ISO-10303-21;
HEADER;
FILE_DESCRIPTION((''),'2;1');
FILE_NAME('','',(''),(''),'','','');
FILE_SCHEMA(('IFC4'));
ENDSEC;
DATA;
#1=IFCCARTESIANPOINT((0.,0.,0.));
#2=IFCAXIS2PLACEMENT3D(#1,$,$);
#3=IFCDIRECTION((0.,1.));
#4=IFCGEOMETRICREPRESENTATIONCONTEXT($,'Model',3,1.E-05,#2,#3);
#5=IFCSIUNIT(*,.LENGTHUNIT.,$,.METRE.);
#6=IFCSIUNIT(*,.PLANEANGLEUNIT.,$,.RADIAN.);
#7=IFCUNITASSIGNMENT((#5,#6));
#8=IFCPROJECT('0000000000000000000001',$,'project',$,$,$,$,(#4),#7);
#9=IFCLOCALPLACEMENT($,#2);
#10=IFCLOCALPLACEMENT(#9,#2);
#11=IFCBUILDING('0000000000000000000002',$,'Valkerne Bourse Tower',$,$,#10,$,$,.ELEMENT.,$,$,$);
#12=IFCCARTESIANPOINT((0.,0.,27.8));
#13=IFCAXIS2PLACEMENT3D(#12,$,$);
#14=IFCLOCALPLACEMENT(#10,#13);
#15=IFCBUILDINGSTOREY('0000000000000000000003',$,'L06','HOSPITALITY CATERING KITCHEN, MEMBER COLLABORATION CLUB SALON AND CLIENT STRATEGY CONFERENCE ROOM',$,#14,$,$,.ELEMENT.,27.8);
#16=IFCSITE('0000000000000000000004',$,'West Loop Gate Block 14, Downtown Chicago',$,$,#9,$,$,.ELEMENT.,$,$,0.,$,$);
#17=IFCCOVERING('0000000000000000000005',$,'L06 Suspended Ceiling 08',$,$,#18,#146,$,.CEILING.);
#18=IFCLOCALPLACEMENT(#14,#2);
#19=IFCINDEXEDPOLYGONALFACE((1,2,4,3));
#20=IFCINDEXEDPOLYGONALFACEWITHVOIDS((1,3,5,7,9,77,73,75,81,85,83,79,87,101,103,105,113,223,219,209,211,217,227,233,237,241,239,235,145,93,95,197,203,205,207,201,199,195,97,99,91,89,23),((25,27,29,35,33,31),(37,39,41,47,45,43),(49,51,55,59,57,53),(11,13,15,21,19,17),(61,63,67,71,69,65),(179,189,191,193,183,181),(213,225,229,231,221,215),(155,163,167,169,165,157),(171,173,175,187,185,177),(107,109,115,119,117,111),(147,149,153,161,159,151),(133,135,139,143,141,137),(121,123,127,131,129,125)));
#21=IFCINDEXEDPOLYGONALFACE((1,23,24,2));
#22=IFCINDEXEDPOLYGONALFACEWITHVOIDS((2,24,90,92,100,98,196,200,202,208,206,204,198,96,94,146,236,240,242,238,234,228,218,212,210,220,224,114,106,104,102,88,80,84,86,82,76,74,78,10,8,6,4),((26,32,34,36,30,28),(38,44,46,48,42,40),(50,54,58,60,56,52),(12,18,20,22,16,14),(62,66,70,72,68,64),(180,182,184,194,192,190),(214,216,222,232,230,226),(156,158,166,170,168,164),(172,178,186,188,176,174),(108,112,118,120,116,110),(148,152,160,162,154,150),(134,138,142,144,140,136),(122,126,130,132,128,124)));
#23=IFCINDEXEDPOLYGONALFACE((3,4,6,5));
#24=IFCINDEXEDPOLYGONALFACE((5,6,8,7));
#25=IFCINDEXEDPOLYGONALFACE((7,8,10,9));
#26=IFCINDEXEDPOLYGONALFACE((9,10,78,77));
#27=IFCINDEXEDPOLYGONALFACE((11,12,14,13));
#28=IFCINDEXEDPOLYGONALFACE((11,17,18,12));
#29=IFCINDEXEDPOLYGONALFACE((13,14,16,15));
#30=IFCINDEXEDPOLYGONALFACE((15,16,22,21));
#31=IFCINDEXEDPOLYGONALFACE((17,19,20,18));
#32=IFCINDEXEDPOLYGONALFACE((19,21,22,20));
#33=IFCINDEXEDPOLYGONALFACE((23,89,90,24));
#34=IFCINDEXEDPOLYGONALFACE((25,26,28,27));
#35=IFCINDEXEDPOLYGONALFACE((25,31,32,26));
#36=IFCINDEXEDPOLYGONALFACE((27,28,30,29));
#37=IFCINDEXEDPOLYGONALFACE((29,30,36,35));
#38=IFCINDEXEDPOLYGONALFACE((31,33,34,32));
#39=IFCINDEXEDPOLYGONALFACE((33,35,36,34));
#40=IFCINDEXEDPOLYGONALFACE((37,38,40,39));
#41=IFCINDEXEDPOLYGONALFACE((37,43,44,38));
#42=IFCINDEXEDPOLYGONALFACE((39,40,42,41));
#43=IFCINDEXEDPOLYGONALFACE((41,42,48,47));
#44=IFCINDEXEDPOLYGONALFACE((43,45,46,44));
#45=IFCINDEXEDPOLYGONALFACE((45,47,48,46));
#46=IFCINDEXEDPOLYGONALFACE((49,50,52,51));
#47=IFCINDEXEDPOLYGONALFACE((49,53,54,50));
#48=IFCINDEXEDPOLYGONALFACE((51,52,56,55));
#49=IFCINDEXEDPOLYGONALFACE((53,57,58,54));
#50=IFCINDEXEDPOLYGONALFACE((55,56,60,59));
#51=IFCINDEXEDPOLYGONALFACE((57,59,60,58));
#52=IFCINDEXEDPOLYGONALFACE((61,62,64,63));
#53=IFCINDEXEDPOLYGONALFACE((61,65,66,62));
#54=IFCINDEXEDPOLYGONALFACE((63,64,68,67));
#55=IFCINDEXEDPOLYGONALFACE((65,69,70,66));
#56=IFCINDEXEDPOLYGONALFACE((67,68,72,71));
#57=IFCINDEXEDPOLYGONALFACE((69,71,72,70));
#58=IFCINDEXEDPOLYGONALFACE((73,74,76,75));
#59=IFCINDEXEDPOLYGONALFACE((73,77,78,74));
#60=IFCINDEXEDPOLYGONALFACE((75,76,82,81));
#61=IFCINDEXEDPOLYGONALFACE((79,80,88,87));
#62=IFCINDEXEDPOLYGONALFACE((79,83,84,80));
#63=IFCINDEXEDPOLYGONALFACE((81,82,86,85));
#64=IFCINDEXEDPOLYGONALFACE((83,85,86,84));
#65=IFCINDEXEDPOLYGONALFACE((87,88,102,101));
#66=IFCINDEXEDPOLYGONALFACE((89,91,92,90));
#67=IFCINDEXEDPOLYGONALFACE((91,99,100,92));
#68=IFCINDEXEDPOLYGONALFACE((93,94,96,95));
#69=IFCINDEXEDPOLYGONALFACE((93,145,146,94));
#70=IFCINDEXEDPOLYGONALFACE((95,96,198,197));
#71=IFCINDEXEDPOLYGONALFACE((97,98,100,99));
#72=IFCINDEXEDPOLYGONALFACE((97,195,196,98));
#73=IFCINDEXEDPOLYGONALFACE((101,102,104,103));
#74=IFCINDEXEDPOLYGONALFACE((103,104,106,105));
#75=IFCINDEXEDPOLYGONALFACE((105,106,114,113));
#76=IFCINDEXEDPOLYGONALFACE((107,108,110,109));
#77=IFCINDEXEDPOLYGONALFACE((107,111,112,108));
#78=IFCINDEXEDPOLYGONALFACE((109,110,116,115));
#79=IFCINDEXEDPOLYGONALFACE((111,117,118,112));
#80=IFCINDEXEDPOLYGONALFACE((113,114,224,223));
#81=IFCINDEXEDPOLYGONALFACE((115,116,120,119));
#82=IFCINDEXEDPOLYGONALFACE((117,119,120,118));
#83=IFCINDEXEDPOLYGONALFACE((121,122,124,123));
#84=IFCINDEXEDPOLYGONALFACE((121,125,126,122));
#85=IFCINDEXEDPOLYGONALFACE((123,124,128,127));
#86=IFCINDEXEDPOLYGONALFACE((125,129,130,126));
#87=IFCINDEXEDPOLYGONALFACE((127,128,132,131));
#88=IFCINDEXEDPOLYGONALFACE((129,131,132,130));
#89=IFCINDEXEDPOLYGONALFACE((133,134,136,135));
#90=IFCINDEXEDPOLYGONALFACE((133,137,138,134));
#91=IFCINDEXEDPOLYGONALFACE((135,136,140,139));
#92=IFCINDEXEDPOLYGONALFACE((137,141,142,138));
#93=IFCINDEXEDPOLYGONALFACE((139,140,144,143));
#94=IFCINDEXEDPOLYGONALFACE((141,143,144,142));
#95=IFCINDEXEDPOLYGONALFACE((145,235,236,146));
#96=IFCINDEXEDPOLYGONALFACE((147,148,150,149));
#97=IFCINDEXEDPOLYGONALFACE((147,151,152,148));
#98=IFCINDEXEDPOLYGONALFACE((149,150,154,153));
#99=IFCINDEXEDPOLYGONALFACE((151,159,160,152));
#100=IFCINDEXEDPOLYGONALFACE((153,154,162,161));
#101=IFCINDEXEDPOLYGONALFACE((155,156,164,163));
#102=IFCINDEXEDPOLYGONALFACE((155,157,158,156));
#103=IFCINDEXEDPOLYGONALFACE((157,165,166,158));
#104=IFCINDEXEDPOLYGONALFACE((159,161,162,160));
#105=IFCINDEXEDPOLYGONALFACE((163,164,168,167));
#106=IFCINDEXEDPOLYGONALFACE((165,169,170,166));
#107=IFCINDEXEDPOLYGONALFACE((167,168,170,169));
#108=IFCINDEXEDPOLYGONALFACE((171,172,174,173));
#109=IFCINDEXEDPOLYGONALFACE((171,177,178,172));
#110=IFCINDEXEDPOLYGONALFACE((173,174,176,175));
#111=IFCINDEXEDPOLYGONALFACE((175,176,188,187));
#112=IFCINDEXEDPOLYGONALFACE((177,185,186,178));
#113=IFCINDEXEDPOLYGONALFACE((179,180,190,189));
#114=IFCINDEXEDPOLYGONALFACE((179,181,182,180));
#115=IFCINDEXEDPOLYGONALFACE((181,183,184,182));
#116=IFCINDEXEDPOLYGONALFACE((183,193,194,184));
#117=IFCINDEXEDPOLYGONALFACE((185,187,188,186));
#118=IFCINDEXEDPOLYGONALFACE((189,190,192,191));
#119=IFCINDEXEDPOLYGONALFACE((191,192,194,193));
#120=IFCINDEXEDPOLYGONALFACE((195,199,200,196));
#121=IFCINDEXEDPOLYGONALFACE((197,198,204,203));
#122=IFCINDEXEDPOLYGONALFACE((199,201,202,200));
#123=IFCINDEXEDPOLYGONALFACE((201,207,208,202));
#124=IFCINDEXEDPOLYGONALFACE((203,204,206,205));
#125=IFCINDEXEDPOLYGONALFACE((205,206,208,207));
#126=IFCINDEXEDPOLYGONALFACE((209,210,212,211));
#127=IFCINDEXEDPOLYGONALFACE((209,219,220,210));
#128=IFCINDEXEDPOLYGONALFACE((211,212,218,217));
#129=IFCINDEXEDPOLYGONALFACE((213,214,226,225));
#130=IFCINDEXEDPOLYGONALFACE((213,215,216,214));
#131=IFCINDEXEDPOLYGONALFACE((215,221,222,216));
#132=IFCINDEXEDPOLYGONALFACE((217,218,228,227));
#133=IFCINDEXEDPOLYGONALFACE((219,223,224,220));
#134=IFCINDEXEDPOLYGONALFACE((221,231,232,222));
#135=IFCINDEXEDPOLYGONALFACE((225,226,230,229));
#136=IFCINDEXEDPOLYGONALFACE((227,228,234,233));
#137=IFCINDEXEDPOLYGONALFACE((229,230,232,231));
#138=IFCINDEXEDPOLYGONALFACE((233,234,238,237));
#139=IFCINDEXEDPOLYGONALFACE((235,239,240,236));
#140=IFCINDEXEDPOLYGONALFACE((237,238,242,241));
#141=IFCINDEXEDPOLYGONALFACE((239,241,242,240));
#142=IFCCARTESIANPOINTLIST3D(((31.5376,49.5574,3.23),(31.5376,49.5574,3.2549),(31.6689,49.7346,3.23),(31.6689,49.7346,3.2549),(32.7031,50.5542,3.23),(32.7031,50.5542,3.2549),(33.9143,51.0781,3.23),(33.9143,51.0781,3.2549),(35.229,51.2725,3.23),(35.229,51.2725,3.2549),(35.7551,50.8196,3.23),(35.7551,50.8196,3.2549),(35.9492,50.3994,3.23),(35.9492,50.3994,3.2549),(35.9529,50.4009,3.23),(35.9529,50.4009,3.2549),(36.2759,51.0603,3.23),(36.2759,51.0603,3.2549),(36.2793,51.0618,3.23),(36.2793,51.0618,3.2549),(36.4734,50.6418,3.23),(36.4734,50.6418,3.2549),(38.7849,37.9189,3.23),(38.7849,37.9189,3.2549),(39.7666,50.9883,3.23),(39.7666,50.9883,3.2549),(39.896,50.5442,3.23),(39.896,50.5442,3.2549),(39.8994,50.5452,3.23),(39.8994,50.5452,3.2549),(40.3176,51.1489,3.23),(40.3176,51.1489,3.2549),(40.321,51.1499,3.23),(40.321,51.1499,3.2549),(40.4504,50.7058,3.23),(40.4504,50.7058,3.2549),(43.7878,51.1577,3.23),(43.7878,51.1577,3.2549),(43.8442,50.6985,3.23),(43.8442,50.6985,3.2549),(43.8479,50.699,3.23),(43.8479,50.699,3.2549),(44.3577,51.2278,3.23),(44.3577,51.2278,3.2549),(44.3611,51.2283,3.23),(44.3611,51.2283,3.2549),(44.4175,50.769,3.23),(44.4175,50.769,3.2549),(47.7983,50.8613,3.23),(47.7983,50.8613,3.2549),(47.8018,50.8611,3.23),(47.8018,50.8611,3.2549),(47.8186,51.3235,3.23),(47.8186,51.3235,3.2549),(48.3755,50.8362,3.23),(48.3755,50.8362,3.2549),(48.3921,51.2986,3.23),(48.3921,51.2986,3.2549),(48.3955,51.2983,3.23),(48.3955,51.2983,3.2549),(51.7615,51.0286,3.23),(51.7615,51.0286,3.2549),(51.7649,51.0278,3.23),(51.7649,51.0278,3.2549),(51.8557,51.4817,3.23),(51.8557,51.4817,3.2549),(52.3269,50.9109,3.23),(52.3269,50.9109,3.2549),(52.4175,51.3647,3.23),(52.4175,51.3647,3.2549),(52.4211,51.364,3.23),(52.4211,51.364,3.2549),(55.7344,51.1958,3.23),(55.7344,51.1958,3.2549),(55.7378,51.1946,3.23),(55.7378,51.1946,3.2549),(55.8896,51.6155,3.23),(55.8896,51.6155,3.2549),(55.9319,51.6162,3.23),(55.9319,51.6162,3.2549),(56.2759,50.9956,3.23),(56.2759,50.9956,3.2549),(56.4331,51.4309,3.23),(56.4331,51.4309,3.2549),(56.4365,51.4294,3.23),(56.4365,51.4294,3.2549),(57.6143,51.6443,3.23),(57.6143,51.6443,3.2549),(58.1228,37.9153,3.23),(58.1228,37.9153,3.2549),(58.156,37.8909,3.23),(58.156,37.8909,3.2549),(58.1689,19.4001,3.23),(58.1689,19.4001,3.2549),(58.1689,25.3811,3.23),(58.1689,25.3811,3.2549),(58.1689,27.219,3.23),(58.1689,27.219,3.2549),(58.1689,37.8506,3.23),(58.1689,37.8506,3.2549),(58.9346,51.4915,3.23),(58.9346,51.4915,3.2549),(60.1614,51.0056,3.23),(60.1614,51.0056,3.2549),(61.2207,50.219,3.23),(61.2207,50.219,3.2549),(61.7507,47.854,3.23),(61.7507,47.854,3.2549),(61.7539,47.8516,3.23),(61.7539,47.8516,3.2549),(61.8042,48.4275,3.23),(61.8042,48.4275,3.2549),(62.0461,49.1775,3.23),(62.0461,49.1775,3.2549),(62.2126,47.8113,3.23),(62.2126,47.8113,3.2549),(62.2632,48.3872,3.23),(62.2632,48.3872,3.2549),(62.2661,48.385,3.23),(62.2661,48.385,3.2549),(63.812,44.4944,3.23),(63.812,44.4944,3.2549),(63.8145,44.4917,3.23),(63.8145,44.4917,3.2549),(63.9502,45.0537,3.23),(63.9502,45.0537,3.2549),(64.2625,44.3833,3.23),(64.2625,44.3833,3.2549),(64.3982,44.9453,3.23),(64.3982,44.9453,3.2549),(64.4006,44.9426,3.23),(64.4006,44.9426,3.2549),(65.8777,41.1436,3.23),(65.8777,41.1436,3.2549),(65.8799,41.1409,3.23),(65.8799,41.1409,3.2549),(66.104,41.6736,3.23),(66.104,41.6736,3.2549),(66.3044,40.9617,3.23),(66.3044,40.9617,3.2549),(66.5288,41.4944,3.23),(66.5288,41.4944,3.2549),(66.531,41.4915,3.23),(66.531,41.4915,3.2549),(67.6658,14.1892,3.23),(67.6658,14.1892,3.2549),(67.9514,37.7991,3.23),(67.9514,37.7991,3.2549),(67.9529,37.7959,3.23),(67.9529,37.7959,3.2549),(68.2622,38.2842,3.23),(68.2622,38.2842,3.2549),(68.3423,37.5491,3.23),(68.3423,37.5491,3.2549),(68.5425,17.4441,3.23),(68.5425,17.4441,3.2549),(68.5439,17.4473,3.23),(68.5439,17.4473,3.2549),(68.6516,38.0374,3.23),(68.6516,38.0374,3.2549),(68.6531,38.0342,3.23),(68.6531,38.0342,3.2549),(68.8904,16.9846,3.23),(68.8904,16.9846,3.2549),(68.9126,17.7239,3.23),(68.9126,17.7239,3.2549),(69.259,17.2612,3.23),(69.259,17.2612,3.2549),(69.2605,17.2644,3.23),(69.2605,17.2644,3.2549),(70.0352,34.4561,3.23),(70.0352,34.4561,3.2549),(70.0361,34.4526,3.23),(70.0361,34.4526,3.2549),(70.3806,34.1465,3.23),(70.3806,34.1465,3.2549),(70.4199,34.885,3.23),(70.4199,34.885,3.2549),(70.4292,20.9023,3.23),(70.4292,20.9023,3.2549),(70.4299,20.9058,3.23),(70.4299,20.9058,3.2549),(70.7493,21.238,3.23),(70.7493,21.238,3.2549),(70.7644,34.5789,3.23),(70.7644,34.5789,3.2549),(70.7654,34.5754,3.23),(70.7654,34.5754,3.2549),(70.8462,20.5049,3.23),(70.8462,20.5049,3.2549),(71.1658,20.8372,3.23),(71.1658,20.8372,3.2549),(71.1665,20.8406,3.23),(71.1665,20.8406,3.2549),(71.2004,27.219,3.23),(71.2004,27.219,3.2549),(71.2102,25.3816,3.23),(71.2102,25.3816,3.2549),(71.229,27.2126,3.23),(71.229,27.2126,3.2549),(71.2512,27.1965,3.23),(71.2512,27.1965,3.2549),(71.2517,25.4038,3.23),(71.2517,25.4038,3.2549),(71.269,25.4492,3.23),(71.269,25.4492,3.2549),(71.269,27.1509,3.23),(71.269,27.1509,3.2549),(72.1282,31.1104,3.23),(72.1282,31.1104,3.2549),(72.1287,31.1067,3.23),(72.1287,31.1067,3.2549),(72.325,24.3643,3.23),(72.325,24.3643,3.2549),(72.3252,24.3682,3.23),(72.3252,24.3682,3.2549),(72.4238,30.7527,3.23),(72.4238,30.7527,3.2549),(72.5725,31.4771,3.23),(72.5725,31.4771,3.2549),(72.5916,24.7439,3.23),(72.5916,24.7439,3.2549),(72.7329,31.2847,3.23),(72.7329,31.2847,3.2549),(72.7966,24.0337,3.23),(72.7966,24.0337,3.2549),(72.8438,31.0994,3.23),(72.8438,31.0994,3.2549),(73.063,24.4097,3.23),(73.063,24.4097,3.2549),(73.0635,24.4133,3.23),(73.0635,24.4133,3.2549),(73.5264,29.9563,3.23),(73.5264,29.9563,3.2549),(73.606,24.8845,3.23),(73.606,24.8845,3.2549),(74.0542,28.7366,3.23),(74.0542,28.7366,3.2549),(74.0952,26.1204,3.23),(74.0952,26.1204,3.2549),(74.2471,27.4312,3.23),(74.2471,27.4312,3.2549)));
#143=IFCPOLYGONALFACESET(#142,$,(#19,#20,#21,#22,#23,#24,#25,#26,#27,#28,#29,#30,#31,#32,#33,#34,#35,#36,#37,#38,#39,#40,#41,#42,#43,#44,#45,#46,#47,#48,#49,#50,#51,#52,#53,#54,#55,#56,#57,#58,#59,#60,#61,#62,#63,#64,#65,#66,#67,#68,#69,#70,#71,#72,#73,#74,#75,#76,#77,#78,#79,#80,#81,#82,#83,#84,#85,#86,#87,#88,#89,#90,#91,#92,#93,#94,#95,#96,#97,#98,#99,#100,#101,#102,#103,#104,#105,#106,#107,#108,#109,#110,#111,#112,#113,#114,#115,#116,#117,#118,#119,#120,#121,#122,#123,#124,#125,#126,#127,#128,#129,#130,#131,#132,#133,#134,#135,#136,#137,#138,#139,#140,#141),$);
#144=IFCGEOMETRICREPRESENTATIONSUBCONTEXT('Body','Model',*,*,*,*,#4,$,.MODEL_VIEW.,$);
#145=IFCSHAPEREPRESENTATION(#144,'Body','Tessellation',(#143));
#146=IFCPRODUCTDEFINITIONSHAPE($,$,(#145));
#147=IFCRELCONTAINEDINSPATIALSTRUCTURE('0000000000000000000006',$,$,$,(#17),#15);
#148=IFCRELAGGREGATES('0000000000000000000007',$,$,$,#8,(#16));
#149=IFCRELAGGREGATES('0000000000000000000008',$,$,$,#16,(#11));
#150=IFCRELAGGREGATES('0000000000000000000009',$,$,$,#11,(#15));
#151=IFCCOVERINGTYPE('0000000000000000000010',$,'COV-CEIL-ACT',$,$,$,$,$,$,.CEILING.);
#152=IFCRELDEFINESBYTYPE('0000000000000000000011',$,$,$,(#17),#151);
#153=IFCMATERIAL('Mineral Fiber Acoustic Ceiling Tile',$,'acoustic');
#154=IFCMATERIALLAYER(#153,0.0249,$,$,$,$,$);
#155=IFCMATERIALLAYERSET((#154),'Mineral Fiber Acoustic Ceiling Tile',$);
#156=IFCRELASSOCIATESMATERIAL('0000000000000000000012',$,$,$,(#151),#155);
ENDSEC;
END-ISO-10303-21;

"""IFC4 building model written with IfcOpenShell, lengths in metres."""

from ifc_helpers import new_model, si_unit, direction, frame, origin, place, context, subcontext, project, spatial, polyline, outline, extrude, material, layer, layer_set, type_object, element, save


model = new_model("IFC4")

# Units and contexts
model_context = context("Model", 3, precision=1e-05, world=origin(), true_north=direction((0.0, 1.0)))
body_context = subcontext(model_context, "Body", "Model", "MODEL_VIEW")
ifc_project = project(units=[si_unit("LENGTHUNIT", "METRE"), si_unit("PLANEANGLEUNIT", "RADIAN")], contexts=[model_context])

# Site, building, storey
site_placement = place(None, origin())
site = spatial("IfcSite", under=ifc_project, at=site_placement, Name="West Loop Gate Block 14, Downtown Chicago", CompositionType="ELEMENT", RefElevation=0.0)
building_placement = place(site_placement, origin())
building = spatial("IfcBuilding", under=site, at=building_placement, Name="Valkerne Bourse Tower", CompositionType="ELEMENT")
storey_placement = place(building_placement, frame((0.0, 0.0, 27.8)))
storey = spatial("IfcBuildingStorey", under=building, at=storey_placement, Name="L06", Description="HOSPITALITY CATERING KITCHEN, MEMBER COLLABORATION CLUB SALON AND CLIENT STRATEGY CONFERENCE ROOM", CompositionType="ELEMENT", Elevation=27.8)

# Covering
ifc_material_1 = material(Name="Mineral Fiber Acoustic Ceiling Tile", Category="acoustic")
ifc_layer_1 = layer(ifc_material_1, 0.0249)
ifc_layer_set_1 = layer_set([ifc_layer_1], Name="Mineral Fiber Acoustic Ceiling Tile")
covering_type_1 = type_object("IfcCoveringType", Name="COV-CEIL-ACT", PredefinedType="CEILING", material=ifc_layer_set_1)
covering_1_placement = place(storey_placement, frame((0.0, 0.0, 3.23)))
element("IfcCovering", 1, at=covering_1_placement, inside=storey, type_object=covering_type_1, Name="L06 Suspended Ceiling 08", PredefinedType="CEILING", context=body_context, shape_type="SweptSolid", body=[
    extrude(outline(polyline([(33.9143, 51.0781), (35.229, 51.2725), (55.8896, 51.6155), (55.7344, 51.1958), (55.7378, 51.1946), (56.2759, 50.9956), (56.4365, 51.4294), (56.4331, 51.4309), (55.9319, 51.6162), (57.6143, 51.6443), (58.9346, 51.4915), (60.1614, 51.0056), (61.2207, 50.219), (62.0461, 49.1775), (72.7329, 31.2847), (72.5725, 31.4771), (72.1282, 31.1104), (72.1287, 31.1067), (72.4238, 30.7527), (72.8438, 31.0994), (73.5264, 29.9563), (74.0542, 28.7366), (74.2471, 27.4312), (74.0952, 26.1204), (73.606, 24.8845), (67.6658, 14.1892), (58.1689, 19.4001), (58.1689, 25.3811), (71.2102, 25.3816), (71.2517, 25.4038), (71.269, 25.4492), (71.269, 27.1509), (71.2512, 27.1965), (71.229, 27.2126), (71.2004, 27.219), (58.1689, 27.219), (58.1689, 37.8506), (58.156, 37.8909), (58.1228, 37.9153), (38.7849, 37.9189), (31.5376, 49.5574), (31.6689, 49.7346), (32.7031, 50.5542), (33.9143, 51.0781)]), holes=[polyline([(35.9529, 50.4009), (36.4734, 50.6418), (36.2793, 51.0618), (36.2759, 51.0603), (35.7551, 50.8196), (35.9492, 50.3994), (35.9529, 50.4009)]), polyline([(39.8994, 50.5452), (40.4504, 50.7058), (40.321, 51.1499), (40.3176, 51.1489), (39.7666, 50.9883), (39.896, 50.5442), (39.8994, 50.5452)]), polyline([(44.4175, 50.769), (44.3611, 51.2283), (44.3577, 51.2278), (43.7878, 51.1577), (43.8442, 50.6985), (43.8479, 50.699), (44.4175, 50.769)]), polyline([(48.3955, 51.2983), (48.3921, 51.2986), (47.8186, 51.3235), (47.7983, 50.8613), (47.8018, 50.8611), (48.3755, 50.8362), (48.3955, 51.2983)]), polyline([(52.4211, 51.364), (52.4175, 51.3647), (51.8557, 51.4817), (51.7615, 51.0286), (51.7649, 51.0278), (52.3269, 50.9109), (52.4211, 51.364)]), polyline([(69.259, 17.2612), (69.2605, 17.2644), (68.9126, 17.7239), (68.5439, 17.4473), (68.5425, 17.4441), (68.8904, 16.9846), (69.259, 17.2612)]), polyline([(71.1658, 20.8372), (71.1665, 20.8406), (70.7493, 21.238), (70.4299, 20.9058), (70.4292, 20.9023), (70.8462, 20.5049), (71.1658, 20.8372)]), polyline([(73.0635, 24.4133), (72.5916, 24.7439), (72.3252, 24.3682), (72.325, 24.3643), (72.7966, 24.0337), (73.063, 24.4097), (73.0635, 24.4133)]), polyline([(70.7654, 34.5754), (70.7644, 34.5789), (70.4199, 34.885), (70.0352, 34.4561), (70.0361, 34.4526), (70.3806, 34.1465), (70.7654, 34.5754)]), polyline([(68.6516, 38.0374), (68.2622, 38.2842), (67.9514, 37.7991), (67.9529, 37.7959), (68.3423, 37.5491), (68.6531, 38.0342), (68.6516, 38.0374)]), polyline([(66.531, 41.4915), (66.5288, 41.4944), (66.104, 41.6736), (65.8777, 41.1436), (65.8799, 41.1409), (66.3044, 40.9617), (66.531, 41.4915)]), polyline([(64.4006, 44.9426), (64.3982, 44.9453), (63.9502, 45.0537), (63.812, 44.4944), (63.8145, 44.4917), (64.2625, 44.3833), (64.4006, 44.9426)]), polyline([(62.2632, 48.3872), (61.8042, 48.4275), (61.7507, 47.854), (61.7539, 47.8516), (62.2126, 47.8113), (62.2661, 48.385), (62.2632, 48.3872)])]), origin(), (0.0, 0.0, 1.0), 0.0249),
])

save(model, "model.ifc")
